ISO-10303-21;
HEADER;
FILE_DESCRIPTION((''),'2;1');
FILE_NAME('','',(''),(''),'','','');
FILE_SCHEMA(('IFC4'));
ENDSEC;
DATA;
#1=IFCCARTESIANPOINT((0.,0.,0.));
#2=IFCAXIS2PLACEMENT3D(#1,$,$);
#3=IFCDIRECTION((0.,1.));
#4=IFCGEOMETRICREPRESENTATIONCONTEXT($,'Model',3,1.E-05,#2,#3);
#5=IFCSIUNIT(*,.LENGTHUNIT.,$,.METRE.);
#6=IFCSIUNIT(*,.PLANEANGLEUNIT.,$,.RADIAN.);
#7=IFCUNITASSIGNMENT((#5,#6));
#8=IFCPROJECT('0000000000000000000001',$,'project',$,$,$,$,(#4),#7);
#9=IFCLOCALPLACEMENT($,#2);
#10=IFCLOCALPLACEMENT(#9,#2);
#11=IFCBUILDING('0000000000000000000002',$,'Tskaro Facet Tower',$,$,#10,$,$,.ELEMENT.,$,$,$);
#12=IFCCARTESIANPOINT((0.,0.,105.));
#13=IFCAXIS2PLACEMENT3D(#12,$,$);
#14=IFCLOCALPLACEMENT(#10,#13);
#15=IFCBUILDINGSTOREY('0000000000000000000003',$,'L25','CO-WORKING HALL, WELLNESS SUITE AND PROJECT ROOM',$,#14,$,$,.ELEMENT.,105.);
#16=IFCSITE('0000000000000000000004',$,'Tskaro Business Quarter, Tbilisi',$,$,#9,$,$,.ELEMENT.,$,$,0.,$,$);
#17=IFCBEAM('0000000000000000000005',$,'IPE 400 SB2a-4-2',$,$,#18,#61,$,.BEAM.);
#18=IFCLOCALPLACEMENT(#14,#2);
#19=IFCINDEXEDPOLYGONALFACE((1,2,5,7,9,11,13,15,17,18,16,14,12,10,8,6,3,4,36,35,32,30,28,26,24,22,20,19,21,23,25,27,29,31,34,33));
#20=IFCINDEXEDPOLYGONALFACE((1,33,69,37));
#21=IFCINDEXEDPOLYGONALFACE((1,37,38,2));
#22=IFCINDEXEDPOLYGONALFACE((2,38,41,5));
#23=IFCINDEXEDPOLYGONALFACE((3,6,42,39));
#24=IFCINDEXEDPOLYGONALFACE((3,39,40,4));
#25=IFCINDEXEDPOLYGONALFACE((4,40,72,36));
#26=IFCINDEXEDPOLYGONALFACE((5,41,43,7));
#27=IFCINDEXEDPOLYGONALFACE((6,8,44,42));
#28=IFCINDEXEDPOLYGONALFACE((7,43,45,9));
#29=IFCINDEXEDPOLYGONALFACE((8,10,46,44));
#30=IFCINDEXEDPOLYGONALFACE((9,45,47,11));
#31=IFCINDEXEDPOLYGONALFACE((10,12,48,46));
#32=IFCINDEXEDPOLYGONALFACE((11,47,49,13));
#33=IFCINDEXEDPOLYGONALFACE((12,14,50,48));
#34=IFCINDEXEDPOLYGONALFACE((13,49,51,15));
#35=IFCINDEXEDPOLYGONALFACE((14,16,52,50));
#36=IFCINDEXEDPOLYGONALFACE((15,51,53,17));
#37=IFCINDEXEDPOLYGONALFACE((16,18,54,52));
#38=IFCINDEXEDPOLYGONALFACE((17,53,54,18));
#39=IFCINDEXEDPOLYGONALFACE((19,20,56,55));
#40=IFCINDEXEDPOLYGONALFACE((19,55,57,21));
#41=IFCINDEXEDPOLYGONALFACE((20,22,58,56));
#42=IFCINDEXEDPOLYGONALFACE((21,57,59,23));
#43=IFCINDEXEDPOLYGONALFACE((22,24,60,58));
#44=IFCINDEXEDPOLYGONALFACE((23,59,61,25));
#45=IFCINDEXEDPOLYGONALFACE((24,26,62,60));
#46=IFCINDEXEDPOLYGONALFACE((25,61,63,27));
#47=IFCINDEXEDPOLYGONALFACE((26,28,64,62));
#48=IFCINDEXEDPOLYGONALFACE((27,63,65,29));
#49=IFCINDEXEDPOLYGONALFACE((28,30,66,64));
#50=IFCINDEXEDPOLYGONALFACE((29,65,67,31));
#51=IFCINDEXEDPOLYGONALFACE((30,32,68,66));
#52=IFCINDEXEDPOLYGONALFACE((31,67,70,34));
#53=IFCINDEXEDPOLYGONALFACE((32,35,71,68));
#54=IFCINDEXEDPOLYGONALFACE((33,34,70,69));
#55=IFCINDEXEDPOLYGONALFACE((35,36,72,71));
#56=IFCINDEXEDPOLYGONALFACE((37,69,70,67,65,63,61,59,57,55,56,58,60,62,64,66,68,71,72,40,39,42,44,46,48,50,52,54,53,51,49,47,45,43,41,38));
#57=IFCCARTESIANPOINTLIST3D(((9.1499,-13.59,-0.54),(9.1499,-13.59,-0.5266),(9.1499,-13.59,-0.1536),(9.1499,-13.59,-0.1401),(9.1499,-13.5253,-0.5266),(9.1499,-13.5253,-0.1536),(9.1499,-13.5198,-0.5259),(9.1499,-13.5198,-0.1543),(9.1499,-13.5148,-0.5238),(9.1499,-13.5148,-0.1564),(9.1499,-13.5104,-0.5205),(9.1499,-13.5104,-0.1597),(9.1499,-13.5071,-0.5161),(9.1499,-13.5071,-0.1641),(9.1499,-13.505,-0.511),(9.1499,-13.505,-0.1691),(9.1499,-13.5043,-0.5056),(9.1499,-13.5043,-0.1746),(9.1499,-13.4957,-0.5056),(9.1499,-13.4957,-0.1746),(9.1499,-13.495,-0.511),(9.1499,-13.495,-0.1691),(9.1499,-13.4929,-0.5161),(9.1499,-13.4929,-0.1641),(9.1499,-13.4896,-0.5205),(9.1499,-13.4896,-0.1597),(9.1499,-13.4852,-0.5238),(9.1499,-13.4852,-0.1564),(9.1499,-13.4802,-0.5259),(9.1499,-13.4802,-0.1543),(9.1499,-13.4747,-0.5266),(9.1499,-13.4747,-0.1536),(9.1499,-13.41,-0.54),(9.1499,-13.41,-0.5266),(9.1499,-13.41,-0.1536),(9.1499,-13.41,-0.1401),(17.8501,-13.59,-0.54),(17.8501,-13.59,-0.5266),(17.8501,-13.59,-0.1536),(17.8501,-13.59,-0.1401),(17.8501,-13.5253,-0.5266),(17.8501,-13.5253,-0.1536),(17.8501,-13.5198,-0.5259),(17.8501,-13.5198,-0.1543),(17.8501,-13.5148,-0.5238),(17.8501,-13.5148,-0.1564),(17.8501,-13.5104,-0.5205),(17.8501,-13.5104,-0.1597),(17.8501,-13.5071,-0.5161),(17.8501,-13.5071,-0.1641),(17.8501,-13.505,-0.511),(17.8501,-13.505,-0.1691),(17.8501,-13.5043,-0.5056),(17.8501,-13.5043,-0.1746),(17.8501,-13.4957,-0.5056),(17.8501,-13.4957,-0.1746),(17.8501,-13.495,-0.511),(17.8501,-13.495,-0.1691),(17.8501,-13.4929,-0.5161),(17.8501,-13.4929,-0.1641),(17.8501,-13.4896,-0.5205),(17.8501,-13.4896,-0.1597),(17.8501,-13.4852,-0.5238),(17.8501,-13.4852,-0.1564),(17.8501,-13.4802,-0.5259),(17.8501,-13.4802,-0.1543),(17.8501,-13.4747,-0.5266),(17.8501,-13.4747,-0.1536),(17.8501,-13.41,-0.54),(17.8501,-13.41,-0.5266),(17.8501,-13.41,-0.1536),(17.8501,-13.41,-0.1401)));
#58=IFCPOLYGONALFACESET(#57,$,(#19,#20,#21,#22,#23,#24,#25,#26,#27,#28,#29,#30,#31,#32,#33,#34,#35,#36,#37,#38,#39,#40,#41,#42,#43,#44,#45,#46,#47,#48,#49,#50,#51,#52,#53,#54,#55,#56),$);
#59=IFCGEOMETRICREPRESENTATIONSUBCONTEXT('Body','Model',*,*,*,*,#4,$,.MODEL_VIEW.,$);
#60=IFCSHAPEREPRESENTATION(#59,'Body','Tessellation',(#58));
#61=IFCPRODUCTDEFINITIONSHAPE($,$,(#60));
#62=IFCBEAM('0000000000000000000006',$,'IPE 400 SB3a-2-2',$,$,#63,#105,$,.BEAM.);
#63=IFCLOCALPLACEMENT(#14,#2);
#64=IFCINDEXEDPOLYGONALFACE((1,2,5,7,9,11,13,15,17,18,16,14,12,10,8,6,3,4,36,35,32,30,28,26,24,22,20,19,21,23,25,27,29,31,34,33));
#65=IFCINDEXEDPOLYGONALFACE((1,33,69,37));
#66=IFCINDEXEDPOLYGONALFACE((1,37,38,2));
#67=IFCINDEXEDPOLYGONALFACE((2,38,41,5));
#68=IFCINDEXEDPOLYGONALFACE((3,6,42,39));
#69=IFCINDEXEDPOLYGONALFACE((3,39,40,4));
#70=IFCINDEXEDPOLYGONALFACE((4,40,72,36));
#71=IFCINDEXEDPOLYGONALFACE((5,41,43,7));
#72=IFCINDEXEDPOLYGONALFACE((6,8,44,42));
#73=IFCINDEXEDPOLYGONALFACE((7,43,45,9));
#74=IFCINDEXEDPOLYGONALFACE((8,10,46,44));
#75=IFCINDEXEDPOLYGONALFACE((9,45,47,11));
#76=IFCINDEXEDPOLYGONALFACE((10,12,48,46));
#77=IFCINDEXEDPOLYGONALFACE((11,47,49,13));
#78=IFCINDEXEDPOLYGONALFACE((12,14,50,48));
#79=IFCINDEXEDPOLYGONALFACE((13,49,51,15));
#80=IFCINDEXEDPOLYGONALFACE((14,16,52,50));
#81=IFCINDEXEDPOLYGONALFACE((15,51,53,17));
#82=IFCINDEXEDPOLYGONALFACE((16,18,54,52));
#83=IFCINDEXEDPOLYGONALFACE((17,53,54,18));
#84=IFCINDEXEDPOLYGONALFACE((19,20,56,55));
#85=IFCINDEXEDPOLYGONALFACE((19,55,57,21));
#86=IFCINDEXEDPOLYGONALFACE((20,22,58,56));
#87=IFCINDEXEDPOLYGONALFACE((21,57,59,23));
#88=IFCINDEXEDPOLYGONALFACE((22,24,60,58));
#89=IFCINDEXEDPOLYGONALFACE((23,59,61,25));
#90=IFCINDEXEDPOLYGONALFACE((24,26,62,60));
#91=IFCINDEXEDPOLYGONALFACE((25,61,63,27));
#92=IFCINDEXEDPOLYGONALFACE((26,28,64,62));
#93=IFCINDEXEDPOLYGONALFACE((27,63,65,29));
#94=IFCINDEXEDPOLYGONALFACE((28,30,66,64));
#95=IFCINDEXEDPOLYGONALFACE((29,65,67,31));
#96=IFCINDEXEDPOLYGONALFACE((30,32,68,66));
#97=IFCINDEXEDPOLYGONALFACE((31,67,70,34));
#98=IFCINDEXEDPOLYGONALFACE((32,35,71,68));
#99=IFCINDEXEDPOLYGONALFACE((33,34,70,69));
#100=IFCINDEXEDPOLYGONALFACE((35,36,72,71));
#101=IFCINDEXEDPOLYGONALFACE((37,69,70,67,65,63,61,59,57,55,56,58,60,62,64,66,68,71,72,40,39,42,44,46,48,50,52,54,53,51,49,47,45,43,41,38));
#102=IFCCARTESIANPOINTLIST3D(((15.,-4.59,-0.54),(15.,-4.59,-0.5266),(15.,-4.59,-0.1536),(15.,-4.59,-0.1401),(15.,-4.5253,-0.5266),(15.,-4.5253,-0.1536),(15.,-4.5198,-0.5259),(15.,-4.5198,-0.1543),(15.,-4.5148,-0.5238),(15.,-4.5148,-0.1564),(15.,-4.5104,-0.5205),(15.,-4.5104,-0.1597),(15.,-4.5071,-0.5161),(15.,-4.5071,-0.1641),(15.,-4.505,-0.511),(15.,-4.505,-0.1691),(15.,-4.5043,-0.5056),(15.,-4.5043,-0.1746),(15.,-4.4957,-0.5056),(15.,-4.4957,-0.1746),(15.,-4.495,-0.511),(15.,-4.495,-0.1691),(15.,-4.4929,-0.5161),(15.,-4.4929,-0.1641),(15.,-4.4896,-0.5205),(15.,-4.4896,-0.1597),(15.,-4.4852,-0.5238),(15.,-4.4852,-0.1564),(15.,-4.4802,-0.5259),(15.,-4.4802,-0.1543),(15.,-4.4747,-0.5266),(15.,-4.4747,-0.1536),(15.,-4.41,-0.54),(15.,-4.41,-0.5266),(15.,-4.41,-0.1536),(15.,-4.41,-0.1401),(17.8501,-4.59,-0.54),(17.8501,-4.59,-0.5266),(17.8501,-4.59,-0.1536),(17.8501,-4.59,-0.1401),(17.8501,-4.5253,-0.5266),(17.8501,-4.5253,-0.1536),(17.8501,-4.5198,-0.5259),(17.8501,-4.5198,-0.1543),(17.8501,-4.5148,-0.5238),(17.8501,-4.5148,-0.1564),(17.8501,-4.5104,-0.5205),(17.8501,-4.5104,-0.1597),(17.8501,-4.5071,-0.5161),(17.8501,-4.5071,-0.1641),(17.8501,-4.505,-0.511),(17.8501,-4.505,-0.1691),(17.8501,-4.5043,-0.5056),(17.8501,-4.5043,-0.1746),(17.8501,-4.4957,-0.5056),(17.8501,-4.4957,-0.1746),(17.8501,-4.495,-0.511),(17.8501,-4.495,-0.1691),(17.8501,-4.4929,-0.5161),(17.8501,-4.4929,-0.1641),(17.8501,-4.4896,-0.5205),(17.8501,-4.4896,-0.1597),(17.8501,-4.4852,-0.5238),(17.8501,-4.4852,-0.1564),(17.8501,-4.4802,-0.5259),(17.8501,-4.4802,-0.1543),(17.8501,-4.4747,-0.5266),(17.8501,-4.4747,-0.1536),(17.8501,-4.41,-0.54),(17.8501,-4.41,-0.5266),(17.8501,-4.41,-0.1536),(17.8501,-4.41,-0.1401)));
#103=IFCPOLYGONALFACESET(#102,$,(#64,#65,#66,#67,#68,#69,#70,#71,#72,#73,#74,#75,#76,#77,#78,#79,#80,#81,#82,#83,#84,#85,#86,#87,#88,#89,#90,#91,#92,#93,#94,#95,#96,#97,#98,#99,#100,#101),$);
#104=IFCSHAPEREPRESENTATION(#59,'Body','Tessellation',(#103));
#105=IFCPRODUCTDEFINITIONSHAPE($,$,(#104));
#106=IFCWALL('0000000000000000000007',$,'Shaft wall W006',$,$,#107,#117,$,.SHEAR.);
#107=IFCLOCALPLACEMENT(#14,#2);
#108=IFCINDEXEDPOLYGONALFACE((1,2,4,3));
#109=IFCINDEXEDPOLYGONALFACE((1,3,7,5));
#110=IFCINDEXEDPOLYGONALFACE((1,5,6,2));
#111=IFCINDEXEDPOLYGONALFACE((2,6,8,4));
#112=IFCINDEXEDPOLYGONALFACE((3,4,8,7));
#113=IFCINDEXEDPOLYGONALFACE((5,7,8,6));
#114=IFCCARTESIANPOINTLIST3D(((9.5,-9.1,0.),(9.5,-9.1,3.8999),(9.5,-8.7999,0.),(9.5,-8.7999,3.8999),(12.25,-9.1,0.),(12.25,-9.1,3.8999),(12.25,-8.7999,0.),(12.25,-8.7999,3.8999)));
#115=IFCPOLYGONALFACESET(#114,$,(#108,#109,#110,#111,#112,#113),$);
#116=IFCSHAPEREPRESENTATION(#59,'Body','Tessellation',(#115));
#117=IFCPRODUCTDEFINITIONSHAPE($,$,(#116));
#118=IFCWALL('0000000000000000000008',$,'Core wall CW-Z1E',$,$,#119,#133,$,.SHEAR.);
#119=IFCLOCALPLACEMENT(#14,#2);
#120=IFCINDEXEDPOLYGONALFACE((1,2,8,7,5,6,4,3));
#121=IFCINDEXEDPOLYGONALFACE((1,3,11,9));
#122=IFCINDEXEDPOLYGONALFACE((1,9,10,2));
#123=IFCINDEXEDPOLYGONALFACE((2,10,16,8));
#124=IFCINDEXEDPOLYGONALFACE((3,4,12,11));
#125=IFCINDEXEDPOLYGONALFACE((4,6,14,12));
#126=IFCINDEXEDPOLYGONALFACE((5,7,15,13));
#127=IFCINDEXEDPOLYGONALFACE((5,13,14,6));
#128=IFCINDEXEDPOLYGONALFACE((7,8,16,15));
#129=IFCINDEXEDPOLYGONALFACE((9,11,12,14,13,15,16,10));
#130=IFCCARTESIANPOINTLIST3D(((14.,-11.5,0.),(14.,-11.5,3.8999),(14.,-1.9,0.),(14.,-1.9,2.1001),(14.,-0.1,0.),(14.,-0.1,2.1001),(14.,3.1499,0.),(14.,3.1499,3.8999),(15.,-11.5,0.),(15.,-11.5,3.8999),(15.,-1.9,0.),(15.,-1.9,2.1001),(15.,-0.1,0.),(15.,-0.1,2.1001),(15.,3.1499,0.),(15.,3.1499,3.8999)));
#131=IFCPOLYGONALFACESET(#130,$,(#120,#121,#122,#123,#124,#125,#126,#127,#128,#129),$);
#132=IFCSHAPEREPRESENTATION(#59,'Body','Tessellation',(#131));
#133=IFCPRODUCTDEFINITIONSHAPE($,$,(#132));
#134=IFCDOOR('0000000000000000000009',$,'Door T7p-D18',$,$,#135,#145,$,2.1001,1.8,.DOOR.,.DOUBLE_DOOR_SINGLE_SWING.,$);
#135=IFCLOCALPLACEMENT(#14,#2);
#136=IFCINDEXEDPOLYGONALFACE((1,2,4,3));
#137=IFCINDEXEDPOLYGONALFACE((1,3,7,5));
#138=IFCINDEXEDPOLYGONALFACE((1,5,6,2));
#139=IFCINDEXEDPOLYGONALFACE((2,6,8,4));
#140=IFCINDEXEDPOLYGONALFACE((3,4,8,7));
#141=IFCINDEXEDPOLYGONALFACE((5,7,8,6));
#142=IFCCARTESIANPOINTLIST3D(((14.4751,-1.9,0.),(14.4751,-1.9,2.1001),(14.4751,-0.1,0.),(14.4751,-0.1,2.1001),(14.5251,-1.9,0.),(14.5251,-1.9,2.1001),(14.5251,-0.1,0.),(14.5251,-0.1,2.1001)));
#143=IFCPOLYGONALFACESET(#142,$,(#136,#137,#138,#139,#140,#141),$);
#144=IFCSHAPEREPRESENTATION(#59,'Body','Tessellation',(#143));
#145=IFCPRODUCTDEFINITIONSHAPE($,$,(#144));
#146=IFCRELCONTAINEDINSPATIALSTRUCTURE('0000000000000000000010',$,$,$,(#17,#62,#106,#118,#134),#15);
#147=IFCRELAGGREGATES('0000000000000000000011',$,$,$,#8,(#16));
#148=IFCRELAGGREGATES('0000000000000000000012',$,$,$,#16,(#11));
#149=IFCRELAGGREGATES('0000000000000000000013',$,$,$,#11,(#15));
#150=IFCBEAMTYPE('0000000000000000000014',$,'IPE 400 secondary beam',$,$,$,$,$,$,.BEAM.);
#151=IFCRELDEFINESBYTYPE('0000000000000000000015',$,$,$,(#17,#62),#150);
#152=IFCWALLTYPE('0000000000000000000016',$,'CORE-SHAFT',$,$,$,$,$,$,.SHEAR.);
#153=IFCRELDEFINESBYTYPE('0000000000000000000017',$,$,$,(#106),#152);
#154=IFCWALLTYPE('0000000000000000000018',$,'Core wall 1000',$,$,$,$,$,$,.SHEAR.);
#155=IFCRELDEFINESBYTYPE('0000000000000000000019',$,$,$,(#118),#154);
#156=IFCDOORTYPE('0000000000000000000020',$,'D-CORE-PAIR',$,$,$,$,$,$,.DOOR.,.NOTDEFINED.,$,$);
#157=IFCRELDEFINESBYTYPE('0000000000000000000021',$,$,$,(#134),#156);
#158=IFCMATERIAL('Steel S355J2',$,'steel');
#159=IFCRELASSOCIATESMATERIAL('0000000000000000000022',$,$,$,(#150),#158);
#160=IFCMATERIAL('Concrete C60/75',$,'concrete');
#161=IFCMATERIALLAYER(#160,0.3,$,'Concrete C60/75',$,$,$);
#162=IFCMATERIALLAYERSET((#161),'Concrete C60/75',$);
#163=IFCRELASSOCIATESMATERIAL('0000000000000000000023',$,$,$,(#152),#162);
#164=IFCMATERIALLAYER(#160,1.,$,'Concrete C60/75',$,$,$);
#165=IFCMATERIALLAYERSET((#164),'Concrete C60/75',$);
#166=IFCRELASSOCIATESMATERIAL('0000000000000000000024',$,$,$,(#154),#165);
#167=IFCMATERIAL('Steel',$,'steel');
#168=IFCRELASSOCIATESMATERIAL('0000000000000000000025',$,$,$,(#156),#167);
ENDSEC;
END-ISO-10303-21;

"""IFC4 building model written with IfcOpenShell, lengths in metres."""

from ifc_helpers import new_model, si_unit, direction, frame, frame_2d, origin, origin_2d, place, context, subcontext, project, spatial, rectangle, i_section, extrude, material, layer, layer_set, material_profile, profile_set, type_object, element, fill, save


model = new_model("IFC4")

# Units and contexts
model_context = context("Model", 3, precision=1e-05, world=origin(), true_north=direction((0.0, 1.0)))
body_context = subcontext(model_context, "Body", "Model", "MODEL_VIEW")
ifc_project = project(units=[si_unit("LENGTHUNIT", "METRE"), si_unit("PLANEANGLEUNIT", "RADIAN")], contexts=[model_context])

# Site, building, storey
site_placement = place(None, origin())
site = spatial("IfcSite", under=ifc_project, at=site_placement, Name="Tskaro Business Quarter, Tbilisi", CompositionType="ELEMENT", RefElevation=0.0)
building_placement = place(site_placement, origin())
building = spatial("IfcBuilding", under=site, at=building_placement, Name="Tskaro Facet Tower", CompositionType="ELEMENT")
storey_placement = place(building_placement, frame((0.0, 0.0, 105.0)))
storey = spatial("IfcBuildingStorey", under=building, at=storey_placement, Name="L25", Description="CO-WORKING HALL, WELLNESS SUITE AND PROJECT ROOM", CompositionType="ELEMENT", Elevation=105.0)

# Beams
ifc_material_1 = material(Name="Steel S355J2", Category="steel")
ifc_material_profile = material_profile(ifc_material_1, i_section(OverallWidth=0.1799, OverallDepth=0.3999, WebThickness=0.0085, FlangeThickness=0.0134, FilletRadius=0.021, at=origin_2d()), Name="IPE 400")
ifc_profile_set = profile_set([ifc_material_profile], Name="Steel S355J2")
beam_type = type_object("IfcBeamType", Name="IPE 400 secondary beam", PredefinedType="BEAM", material=ifc_profile_set)
beam_1_placement = place(storey_placement, frame((9.1499, -13.5, -0.3401), z_axis=(1.0, 0.0, 0.0), x_axis=(0.0, 1.0, 0.0)))
element("IfcBeam", 1, at=beam_1_placement, inside=storey, type_object=beam_type, Name="IPE 400 SB2a-4-2", PredefinedType="BEAM", context=body_context, shape_type="SweptSolid", body=[
    extrude(i_section(OverallWidth=0.1799, OverallDepth=0.3999, WebThickness=0.0085, FlangeThickness=0.0134, FilletRadius=0.021, at=origin_2d()), origin(), (0.0, 0.0, 1.0), 8.7002),
])
beam_2_placement = place(storey_placement, frame((15.0, -4.5, -0.3401), z_axis=(1.0, 0.0, 0.0), x_axis=(0.0, 1.0, 0.0)))
element("IfcBeam", 2, at=beam_2_placement, inside=storey, type_object=beam_type, Name="IPE 400 SB3a-2-2", PredefinedType="BEAM", context=body_context, shape_type="SweptSolid", body=[
    extrude(i_section(OverallWidth=0.1799, OverallDepth=0.3999, WebThickness=0.0085, FlangeThickness=0.0134, FilletRadius=0.021, at=origin_2d()), origin(), (0.0, 0.0, 1.0), 2.8501),
])

# Wall
ifc_material_2 = material(Name="Concrete C60/75", Category="concrete")
ifc_layer_1 = layer(ifc_material_2, 0.3, Name="Concrete C60/75")
ifc_layer_set_1 = layer_set([ifc_layer_1], Name="Concrete C60/75")
wall_type_1 = type_object("IfcWallType", Name="CORE-SHAFT", PredefinedType="SHEAR", material=ifc_layer_set_1)
wall_1_placement = place(storey_placement, frame((9.5, -8.95, 0.0), z_axis=(0.0, 0.0, 1.0), x_axis=(1.0, 0.0, 0.0)))
element("IfcWall", 3, at=wall_1_placement, inside=storey, type_object=wall_type_1, Name="Shaft wall W006", PredefinedType="SHEAR", context=body_context, shape_type="SweptSolid", body=[
    extrude(rectangle(XDim=2.75, YDim=0.3, at=frame_2d((1.375, 0.0))), origin(), (0.0, 0.0, 1.0), 3.8999),
])

# Wall, opening, door
ifc_layer_2 = layer(ifc_material_2, 1.0, Name="Concrete C60/75")
ifc_layer_set_2 = layer_set([ifc_layer_2], Name="Concrete C60/75")
wall_type_2 = type_object("IfcWallType", Name="Core wall 1000", PredefinedType="SHEAR", material=ifc_layer_set_2)
wall_2_placement = place(storey_placement, frame((14.5, -11.5, 0.0), z_axis=(0.0, 0.0, 1.0), x_axis=(0.0, 1.0, 0.0)))
wall_2 = element("IfcWall", 4, at=wall_2_placement, inside=storey, type_object=wall_type_2, Name="Core wall CW-Z1E", PredefinedType="SHEAR", context=body_context, shape_type="SweptSolid", body=[
    extrude(rectangle(XDim=14.6499, YDim=1.0, at=frame_2d((7.325, 0.0))), origin(), (0.0, 0.0, 1.0), 3.8999),
])
opening_1_placement = place(wall_2_placement, frame((9.6001, 0.0, 0.0)))
opening_1 = element("IfcOpeningElement", 5, at=opening_1_placement, cuts=wall_2, PredefinedType="OPENING", context=body_context, shape_type="SweptSolid", body=[
    extrude(rectangle(XDim=1.8, YDim=2.1001, at=frame_2d((0.8999, 1.05))), frame((0.0, 0.51, 0.0), z_axis=(0.0, -1.0, 0.0), x_axis=(1.0, 0.0, 0.0)), (0.0, 0.0, 1.0), 1.02),
])
ifc_material_3 = material(Name="Steel", Category="steel")
door_type_1 = type_object("IfcDoorType", Name="D-CORE-PAIR", OperationType="NOTDEFINED", PredefinedType="DOOR", material=ifc_material_3)
door_1_placement = place(opening_1_placement, origin())
door_1 = element("IfcDoor", 6, at=door_1_placement, inside=storey, type_object=door_type_1, Name="Door T7p-D18", OperationType="DOUBLE_DOOR_SINGLE_SWING", OverallHeight=2.1001, OverallWidth=1.8, PredefinedType="DOOR", context=body_context, shape_type="SweptSolid", body=[
    extrude(rectangle(XDim=1.8, YDim=2.1001, at=frame_2d((0.8999, 1.05))), frame((0.0, 0.0249, 0.0), z_axis=(0.0, -1.0, 0.0), x_axis=(1.0, 0.0, 0.0)), (0.0, 0.0, 1.0), 0.05),
])
fill(opening_1, door_1)

save(model, "model.ifc")
